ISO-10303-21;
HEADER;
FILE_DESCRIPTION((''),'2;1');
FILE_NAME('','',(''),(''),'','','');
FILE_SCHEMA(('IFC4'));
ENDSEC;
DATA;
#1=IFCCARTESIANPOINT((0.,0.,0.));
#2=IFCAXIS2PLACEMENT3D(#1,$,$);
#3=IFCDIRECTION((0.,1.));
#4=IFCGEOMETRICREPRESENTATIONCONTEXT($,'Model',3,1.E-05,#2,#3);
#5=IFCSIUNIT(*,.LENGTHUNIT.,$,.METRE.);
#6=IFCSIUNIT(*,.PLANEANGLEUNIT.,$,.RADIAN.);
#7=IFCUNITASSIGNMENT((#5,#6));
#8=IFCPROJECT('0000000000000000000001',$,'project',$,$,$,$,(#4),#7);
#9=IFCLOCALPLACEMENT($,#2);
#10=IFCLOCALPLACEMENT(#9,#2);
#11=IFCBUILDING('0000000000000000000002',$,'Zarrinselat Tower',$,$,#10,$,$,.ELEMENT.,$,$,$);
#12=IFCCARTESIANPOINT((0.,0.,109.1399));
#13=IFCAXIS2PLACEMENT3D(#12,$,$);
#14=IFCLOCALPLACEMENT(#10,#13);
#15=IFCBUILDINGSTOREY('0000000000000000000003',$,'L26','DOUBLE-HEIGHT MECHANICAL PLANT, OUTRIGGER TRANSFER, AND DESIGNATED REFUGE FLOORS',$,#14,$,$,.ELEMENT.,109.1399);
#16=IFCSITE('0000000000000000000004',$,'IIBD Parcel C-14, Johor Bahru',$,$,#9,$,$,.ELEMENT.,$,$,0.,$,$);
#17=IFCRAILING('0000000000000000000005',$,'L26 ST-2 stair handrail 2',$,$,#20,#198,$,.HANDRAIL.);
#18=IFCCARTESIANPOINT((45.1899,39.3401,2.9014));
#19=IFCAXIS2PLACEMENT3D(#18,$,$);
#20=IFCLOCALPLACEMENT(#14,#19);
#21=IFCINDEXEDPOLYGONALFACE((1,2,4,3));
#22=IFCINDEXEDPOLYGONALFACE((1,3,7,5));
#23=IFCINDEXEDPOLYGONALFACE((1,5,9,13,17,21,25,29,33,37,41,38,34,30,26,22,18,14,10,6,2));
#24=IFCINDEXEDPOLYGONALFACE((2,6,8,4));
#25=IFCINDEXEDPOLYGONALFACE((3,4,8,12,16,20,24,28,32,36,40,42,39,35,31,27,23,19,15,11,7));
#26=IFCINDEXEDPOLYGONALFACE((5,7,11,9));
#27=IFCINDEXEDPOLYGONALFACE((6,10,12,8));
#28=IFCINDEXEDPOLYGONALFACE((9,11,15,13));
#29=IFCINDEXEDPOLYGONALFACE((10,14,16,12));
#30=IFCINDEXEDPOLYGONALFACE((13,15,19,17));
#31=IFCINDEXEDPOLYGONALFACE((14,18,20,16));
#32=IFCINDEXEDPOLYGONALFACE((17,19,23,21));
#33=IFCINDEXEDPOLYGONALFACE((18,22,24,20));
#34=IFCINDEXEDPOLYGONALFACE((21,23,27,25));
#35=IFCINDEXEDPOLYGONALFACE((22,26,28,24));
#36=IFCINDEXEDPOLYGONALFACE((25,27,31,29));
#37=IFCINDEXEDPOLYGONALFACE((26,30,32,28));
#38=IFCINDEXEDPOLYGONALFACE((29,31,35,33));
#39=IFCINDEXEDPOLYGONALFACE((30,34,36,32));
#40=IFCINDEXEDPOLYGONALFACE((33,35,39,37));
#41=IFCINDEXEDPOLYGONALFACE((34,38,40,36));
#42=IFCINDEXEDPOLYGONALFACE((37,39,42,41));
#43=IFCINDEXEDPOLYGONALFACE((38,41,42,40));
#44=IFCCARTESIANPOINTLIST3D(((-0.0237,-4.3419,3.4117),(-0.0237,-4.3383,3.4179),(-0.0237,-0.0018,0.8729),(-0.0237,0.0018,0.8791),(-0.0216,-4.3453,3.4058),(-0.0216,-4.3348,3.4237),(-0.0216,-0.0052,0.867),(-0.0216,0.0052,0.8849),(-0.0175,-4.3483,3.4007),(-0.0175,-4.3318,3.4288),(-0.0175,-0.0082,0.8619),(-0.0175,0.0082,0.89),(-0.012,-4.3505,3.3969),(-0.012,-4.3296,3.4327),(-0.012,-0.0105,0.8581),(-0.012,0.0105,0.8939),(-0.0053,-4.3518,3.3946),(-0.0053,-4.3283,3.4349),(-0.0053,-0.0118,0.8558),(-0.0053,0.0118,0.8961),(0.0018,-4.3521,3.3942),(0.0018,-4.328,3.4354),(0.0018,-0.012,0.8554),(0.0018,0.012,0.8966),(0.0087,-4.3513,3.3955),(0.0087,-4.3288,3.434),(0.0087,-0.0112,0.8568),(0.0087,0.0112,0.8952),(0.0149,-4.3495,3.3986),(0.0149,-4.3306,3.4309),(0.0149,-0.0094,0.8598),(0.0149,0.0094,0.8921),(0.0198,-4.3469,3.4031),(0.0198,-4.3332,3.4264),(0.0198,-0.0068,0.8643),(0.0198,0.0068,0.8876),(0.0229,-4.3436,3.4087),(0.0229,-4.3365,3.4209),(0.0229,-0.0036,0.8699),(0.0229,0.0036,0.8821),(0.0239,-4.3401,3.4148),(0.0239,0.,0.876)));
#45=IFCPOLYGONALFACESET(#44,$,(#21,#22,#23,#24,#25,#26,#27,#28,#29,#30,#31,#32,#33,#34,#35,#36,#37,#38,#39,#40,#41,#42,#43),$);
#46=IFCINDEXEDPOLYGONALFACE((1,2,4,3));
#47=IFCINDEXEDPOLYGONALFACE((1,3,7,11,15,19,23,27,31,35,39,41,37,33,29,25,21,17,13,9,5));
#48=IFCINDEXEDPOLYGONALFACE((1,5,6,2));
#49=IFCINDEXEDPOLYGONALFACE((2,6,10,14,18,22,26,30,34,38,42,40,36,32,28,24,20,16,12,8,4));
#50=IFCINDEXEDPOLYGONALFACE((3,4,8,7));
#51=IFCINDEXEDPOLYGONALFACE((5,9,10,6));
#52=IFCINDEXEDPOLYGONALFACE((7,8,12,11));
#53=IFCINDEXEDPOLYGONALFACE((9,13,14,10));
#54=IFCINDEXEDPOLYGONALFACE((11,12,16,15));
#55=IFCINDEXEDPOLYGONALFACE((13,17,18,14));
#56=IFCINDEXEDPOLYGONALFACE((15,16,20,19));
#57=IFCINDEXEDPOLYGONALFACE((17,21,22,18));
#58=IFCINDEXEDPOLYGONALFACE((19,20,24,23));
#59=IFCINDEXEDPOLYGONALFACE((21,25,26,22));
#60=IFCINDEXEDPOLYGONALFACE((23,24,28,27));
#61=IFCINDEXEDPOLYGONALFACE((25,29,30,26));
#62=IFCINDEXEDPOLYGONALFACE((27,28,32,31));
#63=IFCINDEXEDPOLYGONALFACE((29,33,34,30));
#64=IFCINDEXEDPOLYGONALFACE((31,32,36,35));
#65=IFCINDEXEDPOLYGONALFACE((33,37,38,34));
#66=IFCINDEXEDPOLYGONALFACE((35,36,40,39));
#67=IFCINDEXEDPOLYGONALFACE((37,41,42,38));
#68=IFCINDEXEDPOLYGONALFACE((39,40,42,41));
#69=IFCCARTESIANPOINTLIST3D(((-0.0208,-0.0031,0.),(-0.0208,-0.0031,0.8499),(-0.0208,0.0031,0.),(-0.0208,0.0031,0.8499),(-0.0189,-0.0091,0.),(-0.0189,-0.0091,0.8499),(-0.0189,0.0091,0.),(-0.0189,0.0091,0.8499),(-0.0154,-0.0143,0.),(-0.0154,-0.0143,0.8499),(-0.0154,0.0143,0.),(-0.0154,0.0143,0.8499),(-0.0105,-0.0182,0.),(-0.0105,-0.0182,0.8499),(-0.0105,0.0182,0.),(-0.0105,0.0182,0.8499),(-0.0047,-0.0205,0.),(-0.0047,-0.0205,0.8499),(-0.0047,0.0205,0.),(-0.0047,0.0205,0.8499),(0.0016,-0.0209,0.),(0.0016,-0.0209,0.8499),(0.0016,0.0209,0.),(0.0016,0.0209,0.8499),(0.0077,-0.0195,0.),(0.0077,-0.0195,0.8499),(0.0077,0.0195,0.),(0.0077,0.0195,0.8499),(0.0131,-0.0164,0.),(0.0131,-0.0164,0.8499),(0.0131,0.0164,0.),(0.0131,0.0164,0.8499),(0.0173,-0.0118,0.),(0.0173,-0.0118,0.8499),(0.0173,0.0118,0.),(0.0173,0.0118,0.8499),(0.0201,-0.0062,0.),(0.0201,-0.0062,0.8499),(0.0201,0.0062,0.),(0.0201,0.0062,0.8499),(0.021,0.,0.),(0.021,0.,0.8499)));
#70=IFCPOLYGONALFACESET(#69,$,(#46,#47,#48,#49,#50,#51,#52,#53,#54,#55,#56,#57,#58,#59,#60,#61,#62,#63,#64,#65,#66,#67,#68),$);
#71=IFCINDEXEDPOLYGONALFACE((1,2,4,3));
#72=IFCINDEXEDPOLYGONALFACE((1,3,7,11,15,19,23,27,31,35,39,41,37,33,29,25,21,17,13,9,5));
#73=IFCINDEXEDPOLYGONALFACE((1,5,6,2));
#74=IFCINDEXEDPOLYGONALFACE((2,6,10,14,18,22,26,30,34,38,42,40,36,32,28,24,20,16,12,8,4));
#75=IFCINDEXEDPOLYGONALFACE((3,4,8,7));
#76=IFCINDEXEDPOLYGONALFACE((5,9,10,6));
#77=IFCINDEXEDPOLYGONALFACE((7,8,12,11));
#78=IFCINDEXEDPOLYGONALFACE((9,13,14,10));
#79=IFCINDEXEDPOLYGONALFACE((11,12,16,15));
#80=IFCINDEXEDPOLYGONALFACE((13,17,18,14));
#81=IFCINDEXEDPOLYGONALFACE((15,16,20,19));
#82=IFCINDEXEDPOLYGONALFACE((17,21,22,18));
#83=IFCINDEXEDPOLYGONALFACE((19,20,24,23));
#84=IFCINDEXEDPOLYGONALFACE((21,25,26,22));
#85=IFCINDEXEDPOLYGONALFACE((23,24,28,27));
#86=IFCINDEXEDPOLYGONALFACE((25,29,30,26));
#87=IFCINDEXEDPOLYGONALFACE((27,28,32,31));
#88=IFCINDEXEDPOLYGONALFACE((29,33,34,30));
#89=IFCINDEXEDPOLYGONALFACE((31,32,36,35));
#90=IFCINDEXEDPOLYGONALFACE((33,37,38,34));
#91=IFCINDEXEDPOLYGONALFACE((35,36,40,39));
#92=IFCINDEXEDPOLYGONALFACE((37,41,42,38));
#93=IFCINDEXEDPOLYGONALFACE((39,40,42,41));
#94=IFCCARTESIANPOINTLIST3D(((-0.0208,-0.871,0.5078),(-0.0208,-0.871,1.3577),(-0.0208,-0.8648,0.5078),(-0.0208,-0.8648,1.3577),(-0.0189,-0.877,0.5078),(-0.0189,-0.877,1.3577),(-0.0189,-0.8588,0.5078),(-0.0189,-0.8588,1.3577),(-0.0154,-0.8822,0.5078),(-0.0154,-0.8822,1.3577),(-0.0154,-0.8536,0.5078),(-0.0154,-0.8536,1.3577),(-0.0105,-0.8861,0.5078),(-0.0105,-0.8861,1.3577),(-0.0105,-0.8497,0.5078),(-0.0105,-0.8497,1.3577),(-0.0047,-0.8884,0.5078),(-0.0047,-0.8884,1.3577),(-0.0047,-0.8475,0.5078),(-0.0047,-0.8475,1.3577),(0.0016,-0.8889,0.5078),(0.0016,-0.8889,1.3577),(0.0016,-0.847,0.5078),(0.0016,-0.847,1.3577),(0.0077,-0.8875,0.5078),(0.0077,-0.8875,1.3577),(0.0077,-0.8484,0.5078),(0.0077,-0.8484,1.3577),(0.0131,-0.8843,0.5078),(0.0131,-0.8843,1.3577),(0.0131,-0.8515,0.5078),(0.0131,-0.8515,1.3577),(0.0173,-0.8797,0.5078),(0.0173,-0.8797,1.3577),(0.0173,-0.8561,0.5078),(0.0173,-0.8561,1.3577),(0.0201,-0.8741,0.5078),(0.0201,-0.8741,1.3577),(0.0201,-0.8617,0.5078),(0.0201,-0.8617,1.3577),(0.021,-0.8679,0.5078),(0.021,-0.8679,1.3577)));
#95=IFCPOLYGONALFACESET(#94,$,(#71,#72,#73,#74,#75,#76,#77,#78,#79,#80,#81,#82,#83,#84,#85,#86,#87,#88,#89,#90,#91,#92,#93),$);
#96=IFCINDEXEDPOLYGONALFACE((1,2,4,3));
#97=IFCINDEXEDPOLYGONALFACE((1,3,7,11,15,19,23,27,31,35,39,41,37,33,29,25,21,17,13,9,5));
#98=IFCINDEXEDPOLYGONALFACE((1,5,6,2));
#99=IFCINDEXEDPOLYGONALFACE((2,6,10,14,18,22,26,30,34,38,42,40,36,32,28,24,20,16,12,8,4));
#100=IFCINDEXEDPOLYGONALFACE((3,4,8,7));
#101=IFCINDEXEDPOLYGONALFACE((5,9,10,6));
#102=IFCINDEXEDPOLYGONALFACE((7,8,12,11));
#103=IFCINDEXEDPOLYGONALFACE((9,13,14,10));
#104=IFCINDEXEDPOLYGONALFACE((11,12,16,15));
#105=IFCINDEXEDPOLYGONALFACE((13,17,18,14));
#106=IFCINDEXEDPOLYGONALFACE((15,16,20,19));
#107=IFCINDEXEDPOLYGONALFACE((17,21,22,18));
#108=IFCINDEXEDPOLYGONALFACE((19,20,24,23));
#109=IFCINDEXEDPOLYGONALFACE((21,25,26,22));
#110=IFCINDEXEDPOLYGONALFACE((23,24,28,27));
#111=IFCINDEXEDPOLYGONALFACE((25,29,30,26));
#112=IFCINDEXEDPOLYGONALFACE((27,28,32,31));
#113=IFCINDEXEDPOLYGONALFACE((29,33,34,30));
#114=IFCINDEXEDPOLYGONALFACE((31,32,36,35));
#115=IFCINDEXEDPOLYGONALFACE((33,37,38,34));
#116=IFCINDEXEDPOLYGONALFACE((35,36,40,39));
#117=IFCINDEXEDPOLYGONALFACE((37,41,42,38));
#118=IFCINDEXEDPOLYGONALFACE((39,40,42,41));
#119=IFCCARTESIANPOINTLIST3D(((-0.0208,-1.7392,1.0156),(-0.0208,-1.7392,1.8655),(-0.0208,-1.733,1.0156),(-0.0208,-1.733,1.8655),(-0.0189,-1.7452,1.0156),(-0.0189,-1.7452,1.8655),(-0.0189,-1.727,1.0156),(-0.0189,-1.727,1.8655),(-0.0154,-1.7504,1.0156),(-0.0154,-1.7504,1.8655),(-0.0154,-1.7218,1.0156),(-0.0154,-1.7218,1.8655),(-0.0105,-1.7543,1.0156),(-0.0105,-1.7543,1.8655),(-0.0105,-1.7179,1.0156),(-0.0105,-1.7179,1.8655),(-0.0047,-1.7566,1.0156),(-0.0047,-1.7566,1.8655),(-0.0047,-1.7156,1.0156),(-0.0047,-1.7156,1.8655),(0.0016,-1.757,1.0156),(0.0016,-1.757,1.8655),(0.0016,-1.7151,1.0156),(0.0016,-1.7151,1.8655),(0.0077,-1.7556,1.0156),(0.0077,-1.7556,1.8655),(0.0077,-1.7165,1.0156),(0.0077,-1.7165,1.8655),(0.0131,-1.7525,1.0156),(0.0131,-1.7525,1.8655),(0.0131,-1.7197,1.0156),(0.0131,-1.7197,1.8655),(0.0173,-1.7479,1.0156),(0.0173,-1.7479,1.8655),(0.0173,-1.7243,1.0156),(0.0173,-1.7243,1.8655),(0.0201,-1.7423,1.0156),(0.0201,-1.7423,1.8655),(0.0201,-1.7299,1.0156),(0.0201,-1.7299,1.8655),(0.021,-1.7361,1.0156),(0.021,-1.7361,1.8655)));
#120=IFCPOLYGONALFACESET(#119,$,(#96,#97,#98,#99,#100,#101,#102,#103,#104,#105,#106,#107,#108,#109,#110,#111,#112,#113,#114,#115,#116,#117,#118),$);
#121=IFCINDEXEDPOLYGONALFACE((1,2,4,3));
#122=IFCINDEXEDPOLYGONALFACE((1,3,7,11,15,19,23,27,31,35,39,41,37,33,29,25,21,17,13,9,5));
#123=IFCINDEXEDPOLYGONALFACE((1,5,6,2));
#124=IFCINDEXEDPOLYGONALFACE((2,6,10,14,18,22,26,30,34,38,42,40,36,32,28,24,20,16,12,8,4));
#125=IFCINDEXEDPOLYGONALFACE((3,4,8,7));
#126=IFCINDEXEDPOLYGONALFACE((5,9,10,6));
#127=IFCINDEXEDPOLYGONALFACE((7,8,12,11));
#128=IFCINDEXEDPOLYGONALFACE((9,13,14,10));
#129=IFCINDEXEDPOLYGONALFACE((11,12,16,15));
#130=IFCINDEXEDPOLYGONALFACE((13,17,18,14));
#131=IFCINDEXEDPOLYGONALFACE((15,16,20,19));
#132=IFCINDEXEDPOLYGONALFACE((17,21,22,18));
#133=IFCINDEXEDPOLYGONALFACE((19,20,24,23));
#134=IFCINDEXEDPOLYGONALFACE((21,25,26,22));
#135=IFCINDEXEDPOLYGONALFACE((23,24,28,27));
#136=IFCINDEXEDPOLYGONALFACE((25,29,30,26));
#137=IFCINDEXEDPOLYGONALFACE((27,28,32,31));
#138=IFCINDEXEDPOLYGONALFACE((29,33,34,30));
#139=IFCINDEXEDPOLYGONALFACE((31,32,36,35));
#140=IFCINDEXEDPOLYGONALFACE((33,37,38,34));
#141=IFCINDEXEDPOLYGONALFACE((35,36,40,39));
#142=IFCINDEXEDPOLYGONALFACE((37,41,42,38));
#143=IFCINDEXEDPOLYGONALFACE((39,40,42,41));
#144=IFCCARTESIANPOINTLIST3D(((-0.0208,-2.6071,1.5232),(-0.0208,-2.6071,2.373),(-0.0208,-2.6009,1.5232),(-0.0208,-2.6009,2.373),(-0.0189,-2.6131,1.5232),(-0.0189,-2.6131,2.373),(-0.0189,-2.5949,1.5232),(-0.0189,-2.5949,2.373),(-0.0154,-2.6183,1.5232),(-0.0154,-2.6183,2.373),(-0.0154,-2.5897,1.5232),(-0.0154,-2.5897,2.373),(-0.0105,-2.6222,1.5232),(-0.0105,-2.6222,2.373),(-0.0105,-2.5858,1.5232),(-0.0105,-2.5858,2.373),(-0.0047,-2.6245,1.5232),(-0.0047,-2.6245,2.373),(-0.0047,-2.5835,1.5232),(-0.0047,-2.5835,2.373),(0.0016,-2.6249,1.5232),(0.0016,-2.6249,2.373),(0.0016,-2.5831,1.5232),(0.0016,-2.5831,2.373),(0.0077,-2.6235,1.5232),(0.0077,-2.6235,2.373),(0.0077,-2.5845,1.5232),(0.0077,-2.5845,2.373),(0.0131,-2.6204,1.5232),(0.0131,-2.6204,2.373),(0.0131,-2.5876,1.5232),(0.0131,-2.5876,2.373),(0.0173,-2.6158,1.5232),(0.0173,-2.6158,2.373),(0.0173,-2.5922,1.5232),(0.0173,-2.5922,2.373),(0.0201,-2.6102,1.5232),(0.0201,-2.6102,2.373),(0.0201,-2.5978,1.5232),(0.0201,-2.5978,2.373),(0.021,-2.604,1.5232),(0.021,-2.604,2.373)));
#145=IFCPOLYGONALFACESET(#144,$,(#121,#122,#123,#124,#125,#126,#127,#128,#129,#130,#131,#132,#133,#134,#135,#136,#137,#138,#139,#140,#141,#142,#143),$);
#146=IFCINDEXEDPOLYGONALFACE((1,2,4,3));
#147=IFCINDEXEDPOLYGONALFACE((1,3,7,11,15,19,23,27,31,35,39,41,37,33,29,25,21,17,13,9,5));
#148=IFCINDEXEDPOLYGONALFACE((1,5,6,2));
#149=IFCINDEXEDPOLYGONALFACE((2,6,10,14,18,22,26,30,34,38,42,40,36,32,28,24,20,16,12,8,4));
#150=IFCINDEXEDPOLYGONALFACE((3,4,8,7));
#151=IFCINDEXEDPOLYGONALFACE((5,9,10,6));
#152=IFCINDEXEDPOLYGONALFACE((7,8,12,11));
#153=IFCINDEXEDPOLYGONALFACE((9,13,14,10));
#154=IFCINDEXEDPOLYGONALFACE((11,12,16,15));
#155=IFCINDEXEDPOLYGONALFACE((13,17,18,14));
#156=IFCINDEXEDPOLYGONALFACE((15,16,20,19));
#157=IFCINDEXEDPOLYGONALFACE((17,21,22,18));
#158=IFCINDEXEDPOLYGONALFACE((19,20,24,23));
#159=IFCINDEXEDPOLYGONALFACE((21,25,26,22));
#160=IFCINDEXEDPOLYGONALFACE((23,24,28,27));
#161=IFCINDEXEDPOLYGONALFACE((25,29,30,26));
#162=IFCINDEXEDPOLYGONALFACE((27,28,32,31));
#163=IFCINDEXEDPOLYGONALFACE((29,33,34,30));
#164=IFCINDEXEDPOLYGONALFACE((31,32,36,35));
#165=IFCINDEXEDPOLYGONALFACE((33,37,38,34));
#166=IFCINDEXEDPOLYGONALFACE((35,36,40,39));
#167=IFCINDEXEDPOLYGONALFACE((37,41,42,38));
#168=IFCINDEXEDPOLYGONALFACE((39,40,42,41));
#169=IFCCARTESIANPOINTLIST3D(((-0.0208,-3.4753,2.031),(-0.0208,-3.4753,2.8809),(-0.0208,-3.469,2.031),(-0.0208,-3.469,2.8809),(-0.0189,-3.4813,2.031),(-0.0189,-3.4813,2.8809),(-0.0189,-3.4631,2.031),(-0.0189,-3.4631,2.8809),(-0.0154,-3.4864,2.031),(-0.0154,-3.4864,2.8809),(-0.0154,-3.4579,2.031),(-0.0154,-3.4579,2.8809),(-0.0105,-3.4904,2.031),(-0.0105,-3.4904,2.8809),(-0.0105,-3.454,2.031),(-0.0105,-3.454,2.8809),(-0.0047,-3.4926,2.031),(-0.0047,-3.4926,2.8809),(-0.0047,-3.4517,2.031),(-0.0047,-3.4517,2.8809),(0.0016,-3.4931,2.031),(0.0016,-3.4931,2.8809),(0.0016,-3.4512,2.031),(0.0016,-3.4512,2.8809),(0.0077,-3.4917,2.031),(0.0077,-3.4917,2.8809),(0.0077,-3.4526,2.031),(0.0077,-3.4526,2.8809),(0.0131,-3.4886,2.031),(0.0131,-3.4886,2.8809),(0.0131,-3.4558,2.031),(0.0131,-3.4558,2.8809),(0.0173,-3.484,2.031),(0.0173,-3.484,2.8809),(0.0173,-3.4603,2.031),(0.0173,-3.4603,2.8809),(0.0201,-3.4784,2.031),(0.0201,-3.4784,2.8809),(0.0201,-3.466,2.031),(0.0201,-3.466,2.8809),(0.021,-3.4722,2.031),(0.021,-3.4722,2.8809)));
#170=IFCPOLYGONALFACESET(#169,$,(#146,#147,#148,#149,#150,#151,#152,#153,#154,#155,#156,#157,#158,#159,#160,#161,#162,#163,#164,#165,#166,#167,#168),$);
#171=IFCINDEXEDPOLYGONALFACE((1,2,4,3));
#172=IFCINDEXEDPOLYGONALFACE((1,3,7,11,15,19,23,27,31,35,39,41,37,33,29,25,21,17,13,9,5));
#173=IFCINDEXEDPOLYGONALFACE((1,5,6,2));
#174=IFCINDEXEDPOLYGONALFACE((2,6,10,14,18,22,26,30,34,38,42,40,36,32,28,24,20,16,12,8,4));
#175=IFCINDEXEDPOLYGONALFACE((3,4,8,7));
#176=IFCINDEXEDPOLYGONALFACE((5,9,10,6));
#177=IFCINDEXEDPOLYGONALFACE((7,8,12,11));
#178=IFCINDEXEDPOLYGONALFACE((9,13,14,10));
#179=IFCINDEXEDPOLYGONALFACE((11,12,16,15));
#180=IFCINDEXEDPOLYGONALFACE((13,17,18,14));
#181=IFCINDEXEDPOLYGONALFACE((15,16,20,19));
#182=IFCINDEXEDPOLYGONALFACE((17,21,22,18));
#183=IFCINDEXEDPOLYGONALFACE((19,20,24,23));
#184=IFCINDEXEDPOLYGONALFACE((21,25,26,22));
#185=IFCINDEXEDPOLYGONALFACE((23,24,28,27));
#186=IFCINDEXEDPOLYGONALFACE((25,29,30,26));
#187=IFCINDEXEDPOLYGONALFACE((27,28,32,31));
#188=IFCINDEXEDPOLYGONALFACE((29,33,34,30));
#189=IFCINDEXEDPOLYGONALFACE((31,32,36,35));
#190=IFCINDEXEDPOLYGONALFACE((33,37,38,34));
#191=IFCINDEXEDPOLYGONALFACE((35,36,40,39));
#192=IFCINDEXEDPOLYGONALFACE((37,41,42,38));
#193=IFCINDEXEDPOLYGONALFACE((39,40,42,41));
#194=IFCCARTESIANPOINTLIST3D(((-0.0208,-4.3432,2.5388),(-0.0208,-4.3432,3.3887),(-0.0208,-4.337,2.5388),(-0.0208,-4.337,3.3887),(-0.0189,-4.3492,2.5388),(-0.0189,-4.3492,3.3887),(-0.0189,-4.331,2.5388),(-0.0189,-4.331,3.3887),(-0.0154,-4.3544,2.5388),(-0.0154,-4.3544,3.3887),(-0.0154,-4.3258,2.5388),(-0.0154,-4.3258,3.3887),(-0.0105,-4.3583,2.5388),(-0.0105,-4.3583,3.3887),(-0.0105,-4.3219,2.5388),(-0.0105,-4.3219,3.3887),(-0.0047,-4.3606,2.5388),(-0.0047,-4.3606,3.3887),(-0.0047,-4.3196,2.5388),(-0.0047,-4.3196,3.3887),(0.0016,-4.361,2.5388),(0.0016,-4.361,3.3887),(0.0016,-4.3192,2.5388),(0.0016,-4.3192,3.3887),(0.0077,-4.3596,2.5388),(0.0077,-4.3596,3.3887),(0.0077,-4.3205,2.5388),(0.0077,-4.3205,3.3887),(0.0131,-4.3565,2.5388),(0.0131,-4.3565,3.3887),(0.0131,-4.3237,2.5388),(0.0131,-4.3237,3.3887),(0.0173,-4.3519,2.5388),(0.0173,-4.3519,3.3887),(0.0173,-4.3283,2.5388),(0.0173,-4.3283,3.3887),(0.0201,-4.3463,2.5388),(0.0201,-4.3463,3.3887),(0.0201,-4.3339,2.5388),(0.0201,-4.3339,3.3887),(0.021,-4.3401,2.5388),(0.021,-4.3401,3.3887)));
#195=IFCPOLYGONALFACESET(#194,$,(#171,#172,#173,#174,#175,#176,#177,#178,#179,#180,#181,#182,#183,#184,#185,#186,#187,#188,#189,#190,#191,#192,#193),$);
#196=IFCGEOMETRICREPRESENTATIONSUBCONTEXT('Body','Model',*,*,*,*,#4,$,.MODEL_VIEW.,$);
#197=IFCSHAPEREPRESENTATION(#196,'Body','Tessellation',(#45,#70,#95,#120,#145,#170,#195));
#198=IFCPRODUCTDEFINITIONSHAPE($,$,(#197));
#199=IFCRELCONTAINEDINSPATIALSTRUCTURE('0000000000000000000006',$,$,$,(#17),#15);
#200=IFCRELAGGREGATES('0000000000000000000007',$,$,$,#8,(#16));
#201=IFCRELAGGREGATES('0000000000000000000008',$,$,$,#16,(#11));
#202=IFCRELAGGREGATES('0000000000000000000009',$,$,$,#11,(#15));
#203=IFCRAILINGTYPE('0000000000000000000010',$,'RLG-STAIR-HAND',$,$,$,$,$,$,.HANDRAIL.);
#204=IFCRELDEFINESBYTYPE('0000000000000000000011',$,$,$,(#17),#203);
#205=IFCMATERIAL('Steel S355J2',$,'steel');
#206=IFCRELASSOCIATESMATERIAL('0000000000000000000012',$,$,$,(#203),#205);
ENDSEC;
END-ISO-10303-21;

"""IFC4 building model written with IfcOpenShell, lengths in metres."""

from ifc_helpers import new_model, si_unit, direction, frame, origin, origin_2d, place, context, subcontext, project, spatial, circle, extrude, material, type_object, element, save


model = new_model("IFC4")

# Units and contexts
model_context = context("Model", 3, precision=1e-05, world=origin(), true_north=direction((0.0, 1.0)))
body_context = subcontext(model_context, "Body", "Model", "MODEL_VIEW")
ifc_project = project(units=[si_unit("LENGTHUNIT", "METRE"), si_unit("PLANEANGLEUNIT", "RADIAN")], contexts=[model_context])

# Site, building, storey
site_placement = place(None, origin())
site = spatial("IfcSite", under=ifc_project, at=site_placement, Name="IIBD Parcel C-14, Johor Bahru", CompositionType="ELEMENT", RefElevation=0.0)
building_placement = place(site_placement, origin())
building = spatial("IfcBuilding", under=site, at=building_placement, Name="Zarrinselat Tower", CompositionType="ELEMENT")
storey_placement = place(building_placement, frame((0.0, 0.0, 109.1399)))
storey = spatial("IfcBuildingStorey", under=building, at=storey_placement, Name="L26", Description="DOUBLE-HEIGHT MECHANICAL PLANT, OUTRIGGER TRANSFER, AND DESIGNATED REFUGE FLOORS", CompositionType="ELEMENT", Elevation=109.1399)

# Railing
ifc_material_1 = material(Name="Steel S355J2", Category="steel")
railing_type = type_object("IfcRailingType", Name="RLG-STAIR-HAND", PredefinedType="HANDRAIL", material=ifc_material_1)
railing_placement = place(storey_placement, frame((45.1899, 39.3401, 2.9014)))
element("IfcRailing", 1, at=railing_placement, inside=storey, type_object=railing_type, Name="L26 ST-2 stair handrail 2", PredefinedType="HANDRAIL", context=body_context, shape_type="SweptSolid", body=[
    extrude(circle(Radius=0.0239, at=origin_2d()), frame((0.0, 0.0, 0.876), z_axis=(0.0, -0.863164, 0.504924), x_axis=(1.0, 0.0, 0.0)), (0.0, 0.0, 1.0), 5.0281),
    extrude(circle(Radius=0.021, at=origin_2d()), origin(), (0.0, 0.0, 1.0), 0.8499),
    extrude(circle(Radius=0.021, at=origin_2d()), frame((0.0, -0.8679, 0.5078)), (0.0, 0.0, 1.0), 0.8499),
    extrude(circle(Radius=0.021, at=origin_2d()), frame((0.0, -1.7361, 1.0156)), (0.0, 0.0, 1.0), 0.8499),
    extrude(circle(Radius=0.021, at=origin_2d()), frame((0.0, -2.604, 1.5232)), (0.0, 0.0, 1.0), 0.8499),
    extrude(circle(Radius=0.021, at=origin_2d()), frame((0.0, -3.4722, 2.031)), (0.0, 0.0, 1.0), 0.8499),
    extrude(circle(Radius=0.021, at=origin_2d()), frame((0.0, -4.3401, 2.5388)), (0.0, 0.0, 1.0), 0.8499),
])

save(model, "model.ifc")
